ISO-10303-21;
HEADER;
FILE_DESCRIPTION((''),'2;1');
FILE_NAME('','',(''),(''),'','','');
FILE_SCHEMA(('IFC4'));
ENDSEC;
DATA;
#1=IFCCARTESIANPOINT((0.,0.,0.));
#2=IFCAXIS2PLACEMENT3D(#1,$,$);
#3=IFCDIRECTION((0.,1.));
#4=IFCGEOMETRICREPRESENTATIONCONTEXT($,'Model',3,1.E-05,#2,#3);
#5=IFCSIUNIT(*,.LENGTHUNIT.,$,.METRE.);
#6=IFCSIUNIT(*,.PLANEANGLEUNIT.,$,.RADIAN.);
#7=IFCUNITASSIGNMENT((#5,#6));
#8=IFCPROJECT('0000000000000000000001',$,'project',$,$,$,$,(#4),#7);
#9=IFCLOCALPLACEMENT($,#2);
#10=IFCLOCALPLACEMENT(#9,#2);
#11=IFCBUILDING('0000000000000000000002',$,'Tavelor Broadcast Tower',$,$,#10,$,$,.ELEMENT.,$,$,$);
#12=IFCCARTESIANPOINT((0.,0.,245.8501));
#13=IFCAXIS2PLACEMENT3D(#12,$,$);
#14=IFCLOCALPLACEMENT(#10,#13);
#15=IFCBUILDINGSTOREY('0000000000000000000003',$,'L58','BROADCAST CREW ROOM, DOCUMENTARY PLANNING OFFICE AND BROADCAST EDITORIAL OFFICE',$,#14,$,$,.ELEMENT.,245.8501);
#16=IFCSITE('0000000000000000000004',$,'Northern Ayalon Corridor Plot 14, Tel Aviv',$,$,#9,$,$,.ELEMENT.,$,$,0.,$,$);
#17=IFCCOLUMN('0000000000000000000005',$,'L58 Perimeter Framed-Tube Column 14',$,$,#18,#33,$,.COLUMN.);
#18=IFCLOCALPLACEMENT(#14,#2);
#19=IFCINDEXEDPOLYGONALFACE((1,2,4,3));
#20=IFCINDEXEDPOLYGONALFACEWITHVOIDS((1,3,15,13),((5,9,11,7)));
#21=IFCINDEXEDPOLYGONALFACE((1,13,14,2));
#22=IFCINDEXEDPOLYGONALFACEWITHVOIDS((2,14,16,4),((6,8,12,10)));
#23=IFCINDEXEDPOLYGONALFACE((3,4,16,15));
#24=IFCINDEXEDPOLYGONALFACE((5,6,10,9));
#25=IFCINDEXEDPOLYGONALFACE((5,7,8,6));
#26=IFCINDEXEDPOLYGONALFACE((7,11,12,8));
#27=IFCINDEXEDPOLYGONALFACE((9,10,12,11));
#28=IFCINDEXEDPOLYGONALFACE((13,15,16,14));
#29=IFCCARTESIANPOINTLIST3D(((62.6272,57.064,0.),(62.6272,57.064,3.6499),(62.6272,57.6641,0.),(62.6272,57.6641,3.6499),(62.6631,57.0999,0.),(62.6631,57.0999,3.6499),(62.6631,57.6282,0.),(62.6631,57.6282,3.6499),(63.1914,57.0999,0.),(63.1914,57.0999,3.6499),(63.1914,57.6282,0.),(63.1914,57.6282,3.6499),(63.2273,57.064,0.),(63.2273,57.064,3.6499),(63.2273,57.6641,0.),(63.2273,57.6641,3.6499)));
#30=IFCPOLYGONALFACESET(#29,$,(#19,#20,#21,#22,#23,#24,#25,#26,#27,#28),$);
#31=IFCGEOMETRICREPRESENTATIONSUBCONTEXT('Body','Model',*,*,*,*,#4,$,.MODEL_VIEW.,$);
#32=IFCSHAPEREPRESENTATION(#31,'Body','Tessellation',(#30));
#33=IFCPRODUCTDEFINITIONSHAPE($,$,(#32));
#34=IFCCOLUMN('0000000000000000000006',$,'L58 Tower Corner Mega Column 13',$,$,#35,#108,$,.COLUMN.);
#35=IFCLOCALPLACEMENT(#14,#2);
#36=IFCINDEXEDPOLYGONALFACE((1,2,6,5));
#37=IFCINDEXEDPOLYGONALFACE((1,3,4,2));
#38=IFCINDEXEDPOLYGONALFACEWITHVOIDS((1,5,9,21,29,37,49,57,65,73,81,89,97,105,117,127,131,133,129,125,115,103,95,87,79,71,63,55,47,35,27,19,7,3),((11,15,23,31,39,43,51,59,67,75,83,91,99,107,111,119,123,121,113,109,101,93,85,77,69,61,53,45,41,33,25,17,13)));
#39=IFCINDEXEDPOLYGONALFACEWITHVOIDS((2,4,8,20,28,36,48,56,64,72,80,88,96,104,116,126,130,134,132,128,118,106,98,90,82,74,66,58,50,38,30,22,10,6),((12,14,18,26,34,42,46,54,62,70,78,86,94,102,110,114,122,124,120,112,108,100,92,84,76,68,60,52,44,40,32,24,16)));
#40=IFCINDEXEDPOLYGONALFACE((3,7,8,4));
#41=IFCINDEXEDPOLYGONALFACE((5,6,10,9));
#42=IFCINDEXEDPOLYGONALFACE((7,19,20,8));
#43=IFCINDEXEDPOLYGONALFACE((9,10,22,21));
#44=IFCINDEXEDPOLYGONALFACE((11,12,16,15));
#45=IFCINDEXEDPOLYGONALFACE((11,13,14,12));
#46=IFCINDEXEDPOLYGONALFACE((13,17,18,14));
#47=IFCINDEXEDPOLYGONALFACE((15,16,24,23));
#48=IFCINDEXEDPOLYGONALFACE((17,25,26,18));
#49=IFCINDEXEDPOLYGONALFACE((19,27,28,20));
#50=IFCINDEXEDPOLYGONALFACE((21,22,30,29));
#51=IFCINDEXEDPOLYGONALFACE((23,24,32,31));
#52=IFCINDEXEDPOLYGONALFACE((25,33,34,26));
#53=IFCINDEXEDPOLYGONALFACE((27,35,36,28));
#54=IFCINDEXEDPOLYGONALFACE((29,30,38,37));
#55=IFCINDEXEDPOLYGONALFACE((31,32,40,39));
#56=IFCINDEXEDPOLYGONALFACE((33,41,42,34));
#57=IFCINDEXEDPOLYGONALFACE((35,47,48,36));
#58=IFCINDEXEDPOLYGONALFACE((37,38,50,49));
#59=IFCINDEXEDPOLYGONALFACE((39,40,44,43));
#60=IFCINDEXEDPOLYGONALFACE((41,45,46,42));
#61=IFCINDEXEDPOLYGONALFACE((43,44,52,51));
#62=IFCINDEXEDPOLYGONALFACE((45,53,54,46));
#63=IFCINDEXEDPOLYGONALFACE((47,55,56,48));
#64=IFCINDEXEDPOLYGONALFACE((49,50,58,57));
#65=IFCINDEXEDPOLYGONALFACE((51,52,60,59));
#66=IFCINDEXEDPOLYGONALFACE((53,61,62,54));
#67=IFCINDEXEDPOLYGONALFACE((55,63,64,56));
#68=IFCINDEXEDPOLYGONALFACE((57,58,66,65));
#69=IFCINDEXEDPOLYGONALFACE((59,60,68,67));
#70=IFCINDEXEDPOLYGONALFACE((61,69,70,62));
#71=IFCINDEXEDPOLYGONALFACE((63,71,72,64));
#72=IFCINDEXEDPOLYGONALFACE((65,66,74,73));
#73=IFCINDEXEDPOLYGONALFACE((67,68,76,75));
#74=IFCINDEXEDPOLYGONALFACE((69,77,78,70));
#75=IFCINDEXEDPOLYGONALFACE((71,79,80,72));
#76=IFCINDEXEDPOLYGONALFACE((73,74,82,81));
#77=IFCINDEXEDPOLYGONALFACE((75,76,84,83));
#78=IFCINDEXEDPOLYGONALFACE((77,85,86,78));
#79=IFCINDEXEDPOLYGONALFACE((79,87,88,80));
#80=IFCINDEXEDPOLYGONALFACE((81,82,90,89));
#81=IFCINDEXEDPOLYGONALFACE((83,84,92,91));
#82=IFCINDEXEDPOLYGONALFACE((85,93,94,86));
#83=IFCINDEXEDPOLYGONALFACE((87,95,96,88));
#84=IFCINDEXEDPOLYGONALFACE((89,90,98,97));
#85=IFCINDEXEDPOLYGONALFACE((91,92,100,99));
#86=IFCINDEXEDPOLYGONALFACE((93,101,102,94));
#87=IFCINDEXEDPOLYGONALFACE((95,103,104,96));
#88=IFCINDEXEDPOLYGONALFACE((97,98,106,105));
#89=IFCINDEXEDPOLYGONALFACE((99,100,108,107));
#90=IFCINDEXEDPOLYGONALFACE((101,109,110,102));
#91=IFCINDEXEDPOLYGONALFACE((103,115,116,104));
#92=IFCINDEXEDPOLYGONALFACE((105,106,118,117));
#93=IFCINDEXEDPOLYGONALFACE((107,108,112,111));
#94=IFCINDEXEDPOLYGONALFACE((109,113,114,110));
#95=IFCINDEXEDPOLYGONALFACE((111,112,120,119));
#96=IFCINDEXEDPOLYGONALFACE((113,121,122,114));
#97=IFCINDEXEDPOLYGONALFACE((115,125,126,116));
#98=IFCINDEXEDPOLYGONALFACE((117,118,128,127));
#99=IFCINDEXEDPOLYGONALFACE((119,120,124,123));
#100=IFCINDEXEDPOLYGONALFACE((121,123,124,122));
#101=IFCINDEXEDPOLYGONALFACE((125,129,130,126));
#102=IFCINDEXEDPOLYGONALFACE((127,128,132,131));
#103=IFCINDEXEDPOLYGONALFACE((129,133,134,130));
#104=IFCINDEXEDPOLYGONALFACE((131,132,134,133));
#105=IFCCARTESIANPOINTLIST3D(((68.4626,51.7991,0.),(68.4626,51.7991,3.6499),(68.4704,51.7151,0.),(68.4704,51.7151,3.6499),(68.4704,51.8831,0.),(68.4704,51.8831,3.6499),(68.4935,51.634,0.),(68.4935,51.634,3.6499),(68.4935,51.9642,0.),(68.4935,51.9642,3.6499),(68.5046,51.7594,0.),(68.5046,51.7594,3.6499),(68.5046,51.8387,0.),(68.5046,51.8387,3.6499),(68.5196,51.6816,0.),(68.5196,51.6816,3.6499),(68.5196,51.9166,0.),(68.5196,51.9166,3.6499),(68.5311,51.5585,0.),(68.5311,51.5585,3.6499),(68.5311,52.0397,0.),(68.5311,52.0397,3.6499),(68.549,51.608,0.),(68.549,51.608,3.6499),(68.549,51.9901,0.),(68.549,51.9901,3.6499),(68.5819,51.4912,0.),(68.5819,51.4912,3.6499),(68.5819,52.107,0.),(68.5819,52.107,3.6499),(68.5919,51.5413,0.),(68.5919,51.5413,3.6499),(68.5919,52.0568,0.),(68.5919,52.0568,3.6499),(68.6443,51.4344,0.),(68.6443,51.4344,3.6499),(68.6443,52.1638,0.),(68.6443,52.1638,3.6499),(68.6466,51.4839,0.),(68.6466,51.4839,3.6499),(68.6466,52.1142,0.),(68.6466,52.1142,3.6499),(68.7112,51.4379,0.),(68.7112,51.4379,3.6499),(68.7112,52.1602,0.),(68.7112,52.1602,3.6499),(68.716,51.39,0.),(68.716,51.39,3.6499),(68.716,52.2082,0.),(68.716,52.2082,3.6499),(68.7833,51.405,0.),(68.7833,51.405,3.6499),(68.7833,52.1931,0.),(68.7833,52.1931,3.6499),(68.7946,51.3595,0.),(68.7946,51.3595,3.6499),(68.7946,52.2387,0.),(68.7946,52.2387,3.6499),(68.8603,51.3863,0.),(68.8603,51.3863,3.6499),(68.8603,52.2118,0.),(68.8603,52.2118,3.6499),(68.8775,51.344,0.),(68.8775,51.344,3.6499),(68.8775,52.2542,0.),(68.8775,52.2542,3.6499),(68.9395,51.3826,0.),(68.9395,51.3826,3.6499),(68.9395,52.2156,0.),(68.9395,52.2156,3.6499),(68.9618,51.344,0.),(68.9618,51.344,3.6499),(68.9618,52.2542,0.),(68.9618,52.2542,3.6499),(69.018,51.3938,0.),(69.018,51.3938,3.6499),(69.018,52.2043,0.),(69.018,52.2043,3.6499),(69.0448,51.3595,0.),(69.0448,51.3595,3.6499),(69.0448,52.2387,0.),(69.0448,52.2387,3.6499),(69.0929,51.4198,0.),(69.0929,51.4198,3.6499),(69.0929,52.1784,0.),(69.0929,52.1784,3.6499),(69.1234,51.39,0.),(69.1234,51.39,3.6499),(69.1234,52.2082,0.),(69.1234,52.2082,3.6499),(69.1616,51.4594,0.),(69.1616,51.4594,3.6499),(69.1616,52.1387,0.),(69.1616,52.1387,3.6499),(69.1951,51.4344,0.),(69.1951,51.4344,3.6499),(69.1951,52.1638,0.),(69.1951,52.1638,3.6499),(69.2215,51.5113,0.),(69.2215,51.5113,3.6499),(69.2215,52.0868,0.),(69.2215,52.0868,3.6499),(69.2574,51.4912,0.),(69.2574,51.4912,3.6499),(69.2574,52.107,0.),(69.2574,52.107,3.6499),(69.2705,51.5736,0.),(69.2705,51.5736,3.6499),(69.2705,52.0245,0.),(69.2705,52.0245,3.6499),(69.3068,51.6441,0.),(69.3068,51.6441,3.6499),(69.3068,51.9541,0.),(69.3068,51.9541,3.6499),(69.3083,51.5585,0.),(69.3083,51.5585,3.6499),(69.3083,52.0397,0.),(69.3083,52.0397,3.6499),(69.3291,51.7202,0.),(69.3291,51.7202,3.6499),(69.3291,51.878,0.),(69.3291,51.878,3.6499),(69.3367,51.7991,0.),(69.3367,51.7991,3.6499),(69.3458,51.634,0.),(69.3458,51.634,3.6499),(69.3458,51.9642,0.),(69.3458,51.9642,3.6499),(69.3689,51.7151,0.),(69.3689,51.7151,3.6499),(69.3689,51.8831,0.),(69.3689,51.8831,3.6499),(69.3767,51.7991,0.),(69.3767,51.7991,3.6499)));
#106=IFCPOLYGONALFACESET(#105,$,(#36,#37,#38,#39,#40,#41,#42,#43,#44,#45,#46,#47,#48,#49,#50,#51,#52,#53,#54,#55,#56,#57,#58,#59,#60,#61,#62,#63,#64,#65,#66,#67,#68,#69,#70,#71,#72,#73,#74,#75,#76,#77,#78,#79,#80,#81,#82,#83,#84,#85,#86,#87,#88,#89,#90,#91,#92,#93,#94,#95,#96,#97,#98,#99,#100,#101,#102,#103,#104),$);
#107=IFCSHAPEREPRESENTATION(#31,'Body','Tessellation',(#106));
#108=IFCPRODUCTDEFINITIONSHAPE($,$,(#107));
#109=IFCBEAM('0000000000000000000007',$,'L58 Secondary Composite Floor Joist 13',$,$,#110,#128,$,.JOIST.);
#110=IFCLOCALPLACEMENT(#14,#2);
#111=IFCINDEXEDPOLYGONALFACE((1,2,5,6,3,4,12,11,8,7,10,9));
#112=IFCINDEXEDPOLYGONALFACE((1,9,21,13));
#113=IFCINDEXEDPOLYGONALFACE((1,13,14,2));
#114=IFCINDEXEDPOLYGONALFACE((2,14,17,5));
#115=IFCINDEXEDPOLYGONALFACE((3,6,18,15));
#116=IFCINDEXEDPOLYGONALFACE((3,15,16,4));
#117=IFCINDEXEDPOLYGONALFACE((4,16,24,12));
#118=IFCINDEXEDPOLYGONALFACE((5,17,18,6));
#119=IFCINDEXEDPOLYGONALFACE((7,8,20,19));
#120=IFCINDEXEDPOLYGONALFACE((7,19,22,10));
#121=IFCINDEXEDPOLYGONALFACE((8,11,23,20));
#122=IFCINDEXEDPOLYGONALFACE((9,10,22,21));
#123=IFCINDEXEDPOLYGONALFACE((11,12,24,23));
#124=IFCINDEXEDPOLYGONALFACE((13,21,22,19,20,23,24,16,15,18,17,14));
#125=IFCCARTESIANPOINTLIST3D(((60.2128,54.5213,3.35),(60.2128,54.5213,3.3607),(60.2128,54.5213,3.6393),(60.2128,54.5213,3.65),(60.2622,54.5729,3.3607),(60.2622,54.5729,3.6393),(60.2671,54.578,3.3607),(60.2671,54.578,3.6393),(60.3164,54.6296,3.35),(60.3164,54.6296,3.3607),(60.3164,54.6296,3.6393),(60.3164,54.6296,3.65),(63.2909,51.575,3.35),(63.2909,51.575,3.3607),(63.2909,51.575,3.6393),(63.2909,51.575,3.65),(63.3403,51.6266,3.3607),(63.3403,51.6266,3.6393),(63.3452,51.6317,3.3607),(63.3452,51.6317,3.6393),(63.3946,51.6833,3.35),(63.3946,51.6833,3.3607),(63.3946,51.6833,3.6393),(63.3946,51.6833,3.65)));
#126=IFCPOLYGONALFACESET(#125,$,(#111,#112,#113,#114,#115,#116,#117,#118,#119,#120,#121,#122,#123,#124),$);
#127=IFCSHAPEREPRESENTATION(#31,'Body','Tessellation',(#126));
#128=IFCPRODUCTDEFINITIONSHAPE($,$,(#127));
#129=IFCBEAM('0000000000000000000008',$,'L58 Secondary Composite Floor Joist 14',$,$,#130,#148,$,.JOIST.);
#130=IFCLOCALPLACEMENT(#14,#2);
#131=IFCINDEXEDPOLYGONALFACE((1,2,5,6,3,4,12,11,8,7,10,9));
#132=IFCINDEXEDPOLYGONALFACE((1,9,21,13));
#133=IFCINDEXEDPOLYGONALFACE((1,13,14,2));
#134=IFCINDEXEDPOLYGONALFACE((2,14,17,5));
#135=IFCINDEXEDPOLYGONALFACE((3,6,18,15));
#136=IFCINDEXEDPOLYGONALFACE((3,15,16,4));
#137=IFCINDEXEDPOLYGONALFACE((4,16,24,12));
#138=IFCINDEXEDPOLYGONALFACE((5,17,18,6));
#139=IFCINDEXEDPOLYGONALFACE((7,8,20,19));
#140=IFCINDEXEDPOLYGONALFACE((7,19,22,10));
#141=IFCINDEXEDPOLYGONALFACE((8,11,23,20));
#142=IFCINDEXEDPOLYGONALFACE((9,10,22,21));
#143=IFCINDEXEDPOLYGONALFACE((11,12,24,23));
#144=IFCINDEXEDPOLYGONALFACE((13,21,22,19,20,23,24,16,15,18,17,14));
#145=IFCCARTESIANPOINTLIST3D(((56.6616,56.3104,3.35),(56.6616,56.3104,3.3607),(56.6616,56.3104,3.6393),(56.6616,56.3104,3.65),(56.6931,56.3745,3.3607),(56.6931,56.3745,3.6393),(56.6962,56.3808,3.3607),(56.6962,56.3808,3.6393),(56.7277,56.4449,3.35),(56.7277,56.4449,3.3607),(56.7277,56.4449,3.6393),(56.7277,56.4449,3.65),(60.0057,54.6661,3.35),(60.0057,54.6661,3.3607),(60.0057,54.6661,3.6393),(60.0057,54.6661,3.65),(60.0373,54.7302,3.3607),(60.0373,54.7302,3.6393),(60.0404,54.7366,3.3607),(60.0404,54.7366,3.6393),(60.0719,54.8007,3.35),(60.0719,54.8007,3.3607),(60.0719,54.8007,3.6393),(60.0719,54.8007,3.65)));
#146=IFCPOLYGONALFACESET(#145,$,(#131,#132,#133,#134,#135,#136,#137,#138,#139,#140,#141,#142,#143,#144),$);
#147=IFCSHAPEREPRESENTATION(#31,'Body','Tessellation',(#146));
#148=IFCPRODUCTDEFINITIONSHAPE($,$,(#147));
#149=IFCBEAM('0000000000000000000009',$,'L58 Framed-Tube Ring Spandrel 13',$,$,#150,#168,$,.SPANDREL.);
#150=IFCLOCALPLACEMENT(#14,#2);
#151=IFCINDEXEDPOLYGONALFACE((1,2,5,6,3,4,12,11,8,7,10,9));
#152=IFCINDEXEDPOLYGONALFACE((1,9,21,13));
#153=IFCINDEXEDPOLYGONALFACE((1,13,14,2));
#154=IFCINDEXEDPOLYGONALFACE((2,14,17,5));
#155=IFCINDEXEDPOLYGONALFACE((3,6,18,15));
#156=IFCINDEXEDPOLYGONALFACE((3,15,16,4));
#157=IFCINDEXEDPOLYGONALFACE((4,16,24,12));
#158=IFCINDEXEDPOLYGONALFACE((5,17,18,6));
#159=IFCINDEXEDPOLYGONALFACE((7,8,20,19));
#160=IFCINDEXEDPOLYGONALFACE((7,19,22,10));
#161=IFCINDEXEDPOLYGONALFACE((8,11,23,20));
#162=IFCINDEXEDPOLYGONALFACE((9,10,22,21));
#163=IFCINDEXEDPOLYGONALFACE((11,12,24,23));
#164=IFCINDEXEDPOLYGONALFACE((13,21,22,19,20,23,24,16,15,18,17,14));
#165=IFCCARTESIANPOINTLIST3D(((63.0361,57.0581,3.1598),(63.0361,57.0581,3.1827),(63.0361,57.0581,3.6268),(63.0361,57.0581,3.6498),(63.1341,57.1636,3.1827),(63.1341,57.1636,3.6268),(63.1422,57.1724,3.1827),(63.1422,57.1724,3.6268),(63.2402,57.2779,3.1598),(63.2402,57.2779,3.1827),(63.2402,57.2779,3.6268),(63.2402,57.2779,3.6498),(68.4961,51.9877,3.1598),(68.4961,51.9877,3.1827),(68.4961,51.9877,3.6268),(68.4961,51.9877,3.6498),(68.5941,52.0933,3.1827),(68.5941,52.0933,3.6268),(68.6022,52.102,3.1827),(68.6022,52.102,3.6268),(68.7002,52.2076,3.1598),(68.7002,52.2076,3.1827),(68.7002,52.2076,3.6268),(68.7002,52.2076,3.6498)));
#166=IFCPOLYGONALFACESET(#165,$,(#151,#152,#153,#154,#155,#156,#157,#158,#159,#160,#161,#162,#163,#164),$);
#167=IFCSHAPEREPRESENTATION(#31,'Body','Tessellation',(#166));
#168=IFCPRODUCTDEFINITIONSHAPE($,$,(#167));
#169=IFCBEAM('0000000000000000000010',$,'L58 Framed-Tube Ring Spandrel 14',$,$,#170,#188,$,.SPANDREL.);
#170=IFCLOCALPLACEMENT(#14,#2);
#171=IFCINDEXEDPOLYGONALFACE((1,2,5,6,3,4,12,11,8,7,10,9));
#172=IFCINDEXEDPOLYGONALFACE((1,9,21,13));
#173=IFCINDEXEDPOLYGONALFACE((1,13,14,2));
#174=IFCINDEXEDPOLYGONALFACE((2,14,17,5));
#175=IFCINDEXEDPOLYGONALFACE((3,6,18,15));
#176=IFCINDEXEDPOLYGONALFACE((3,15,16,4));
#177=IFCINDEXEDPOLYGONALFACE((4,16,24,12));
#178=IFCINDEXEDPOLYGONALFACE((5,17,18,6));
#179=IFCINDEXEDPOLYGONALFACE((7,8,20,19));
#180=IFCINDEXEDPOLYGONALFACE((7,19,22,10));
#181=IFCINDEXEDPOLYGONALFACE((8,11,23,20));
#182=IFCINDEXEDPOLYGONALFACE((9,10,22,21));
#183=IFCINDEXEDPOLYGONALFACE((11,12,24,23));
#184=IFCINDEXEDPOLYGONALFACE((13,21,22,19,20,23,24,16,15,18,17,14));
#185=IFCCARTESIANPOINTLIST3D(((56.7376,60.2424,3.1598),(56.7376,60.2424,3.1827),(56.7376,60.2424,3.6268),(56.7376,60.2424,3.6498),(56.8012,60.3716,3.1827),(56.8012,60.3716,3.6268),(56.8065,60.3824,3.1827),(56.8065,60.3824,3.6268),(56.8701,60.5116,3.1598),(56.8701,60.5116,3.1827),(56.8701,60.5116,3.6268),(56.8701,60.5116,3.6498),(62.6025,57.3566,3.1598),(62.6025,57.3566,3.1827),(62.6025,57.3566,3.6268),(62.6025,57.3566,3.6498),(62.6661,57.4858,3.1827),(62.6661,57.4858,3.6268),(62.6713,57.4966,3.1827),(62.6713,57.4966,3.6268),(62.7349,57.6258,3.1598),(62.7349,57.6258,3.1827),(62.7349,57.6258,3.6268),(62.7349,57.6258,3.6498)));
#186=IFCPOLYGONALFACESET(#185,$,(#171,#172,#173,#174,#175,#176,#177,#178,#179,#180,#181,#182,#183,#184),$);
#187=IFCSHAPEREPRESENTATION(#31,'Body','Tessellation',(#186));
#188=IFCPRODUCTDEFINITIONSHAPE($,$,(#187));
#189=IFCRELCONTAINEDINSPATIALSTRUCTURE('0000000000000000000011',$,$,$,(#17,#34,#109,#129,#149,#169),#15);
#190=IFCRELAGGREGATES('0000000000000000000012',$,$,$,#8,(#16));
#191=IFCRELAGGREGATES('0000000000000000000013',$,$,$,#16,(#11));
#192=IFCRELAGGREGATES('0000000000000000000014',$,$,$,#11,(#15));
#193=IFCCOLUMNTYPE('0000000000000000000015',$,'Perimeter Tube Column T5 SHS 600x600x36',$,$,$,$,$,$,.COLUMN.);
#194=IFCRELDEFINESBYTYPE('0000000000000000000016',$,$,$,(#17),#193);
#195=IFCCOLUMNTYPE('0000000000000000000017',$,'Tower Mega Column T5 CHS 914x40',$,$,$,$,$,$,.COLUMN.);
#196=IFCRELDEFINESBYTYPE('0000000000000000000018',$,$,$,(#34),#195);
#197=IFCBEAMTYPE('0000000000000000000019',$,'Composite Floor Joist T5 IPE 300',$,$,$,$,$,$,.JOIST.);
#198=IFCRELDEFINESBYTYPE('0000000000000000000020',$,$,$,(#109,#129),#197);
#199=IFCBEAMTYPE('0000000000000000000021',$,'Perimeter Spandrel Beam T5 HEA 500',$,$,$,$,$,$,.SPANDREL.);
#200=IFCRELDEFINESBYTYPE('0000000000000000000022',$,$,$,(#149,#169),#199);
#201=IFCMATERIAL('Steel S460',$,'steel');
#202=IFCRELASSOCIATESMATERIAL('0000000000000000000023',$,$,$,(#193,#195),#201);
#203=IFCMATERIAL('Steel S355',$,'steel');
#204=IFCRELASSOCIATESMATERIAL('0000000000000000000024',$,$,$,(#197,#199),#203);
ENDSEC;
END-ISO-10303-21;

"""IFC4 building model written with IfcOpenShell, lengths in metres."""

from ifc_helpers import new_model, si_unit, direction, frame, origin, origin_2d, place, context, subcontext, project, spatial, hollow_rectangle, hollow_circle, i_section, extrude, material, material_profile, profile_set, type_object, element, save


model = new_model("IFC4")

# Units and contexts
model_context = context("Model", 3, precision=1e-05, world=origin(), true_north=direction((0.0, 1.0)))
body_context = subcontext(model_context, "Body", "Model", "MODEL_VIEW")
ifc_project = project(units=[si_unit("LENGTHUNIT", "METRE"), si_unit("PLANEANGLEUNIT", "RADIAN")], contexts=[model_context])

# Site, building, storey
site_placement = place(None, origin())
site = spatial("IfcSite", under=ifc_project, at=site_placement, Name="Northern Ayalon Corridor Plot 14, Tel Aviv", CompositionType="ELEMENT", RefElevation=0.0)
building_placement = place(site_placement, origin())
building = spatial("IfcBuilding", under=site, at=building_placement, Name="Tavelor Broadcast Tower", CompositionType="ELEMENT")
storey_placement = place(building_placement, frame((0.0, 0.0, 245.8501)))
storey = spatial("IfcBuildingStorey", under=building, at=storey_placement, Name="L58", Description="BROADCAST CREW ROOM, DOCUMENTARY PLANNING OFFICE AND BROADCAST EDITORIAL OFFICE", CompositionType="ELEMENT", Elevation=245.8501)

# Columns
ifc_material_1 = material(Name="Steel S460", Category="steel")
ifc_material_profile_1 = material_profile(ifc_material_1, hollow_rectangle(XDim=0.6001, YDim=0.6001, WallThickness=0.0359, at=origin_2d()), Name="SHS 600x600x36")
ifc_profile_set_1 = profile_set([ifc_material_profile_1], Name="Steel S460")
column_type_1 = type_object("IfcColumnType", Name="Perimeter Tube Column T5 SHS 600x600x36", PredefinedType="COLUMN", material=ifc_profile_set_1)
column_1_placement = place(storey_placement, frame((62.9272, 57.364, 0.0), z_axis=(0.0, 0.0, 1.0), x_axis=(1.0, 0.0, 0.0)))
element("IfcColumn", 1, at=column_1_placement, inside=storey, type_object=column_type_1, Name="L58 Perimeter Framed-Tube Column 14", PredefinedType="COLUMN", context=body_context, shape_type="SweptSolid", body=[
    extrude(hollow_rectangle(XDim=0.6001, YDim=0.6001, WallThickness=0.0359, at=origin_2d()), origin(), (0.0, 0.0, 1.0), 3.6499),
])
ifc_material_profile_2 = material_profile(ifc_material_1, hollow_circle(Radius=0.457, WallThickness=0.04, at=origin_2d()), Name="CHS 914x40")
ifc_profile_set_2 = profile_set([ifc_material_profile_2], Name="Steel S460")
column_type_2 = type_object("IfcColumnType", Name="Tower Mega Column T5 CHS 914x40", PredefinedType="COLUMN", material=ifc_profile_set_2)
column_2_placement = place(storey_placement, frame((68.9197, 51.7991, 0.0), z_axis=(0.0, 0.0, 1.0), x_axis=(1.0, 0.0, 0.0)))
element("IfcColumn", 2, at=column_2_placement, inside=storey, type_object=column_type_2, Name="L58 Tower Corner Mega Column 13", PredefinedType="COLUMN", context=body_context, shape_type="SweptSolid", body=[
    extrude(hollow_circle(Radius=0.457, WallThickness=0.04, at=origin_2d()), origin(), (0.0, 0.0, 1.0), 3.6499),
])

# Beams
ifc_material_2 = material(Name="Steel S355", Category="steel")
ifc_material_profile_3 = material_profile(ifc_material_2, i_section(OverallWidth=0.1499, OverallDepth=0.3, WebThickness=0.0071, FlangeThickness=0.0107, at=origin_2d()), Name="IPE 300")
ifc_profile_set_3 = profile_set([ifc_material_profile_3], Name="Steel S355")
beam_type_1 = type_object("IfcBeamType", Name="Composite Floor Joist T5 IPE 300", PredefinedType="JOIST", material=ifc_profile_set_3)
beam_1_placement = place(storey_placement, frame((63.3428, 51.6292, 3.5), z_axis=(-0.722408, 0.691467, 0.0), x_axis=(-0.691467, -0.722408, 0.0)))
element("IfcBeam", 3, at=beam_1_placement, inside=storey, type_object=beam_type_1, Name="L58 Secondary Composite Floor Joist 13", PredefinedType="JOIST", context=body_context, shape_type="SweptSolid", body=[
    extrude(i_section(OverallWidth=0.1499, OverallDepth=0.3, WebThickness=0.0071, FlangeThickness=0.0107, at=origin_2d()), origin(), (0.0, 0.0, 1.0), 4.261),
])
beam_2_placement = place(storey_placement, frame((60.0388, 54.7334, 3.5), z_axis=(-0.897395, 0.441229, 0.0), x_axis=(-0.441229, -0.897395, 0.0)))
element("IfcBeam", 4, at=beam_2_placement, inside=storey, type_object=beam_type_1, Name="L58 Secondary Composite Floor Joist 14", PredefinedType="JOIST", context=body_context, shape_type="SweptSolid", body=[
    extrude(i_section(OverallWidth=0.1499, OverallDepth=0.3, WebThickness=0.0071, FlangeThickness=0.0107, at=origin_2d()), origin(), (0.0, 0.0, 1.0), 3.7266),
])
ifc_material_profile_4 = material_profile(ifc_material_2, i_section(OverallWidth=0.3, OverallDepth=0.49, WebThickness=0.012, FlangeThickness=0.0229, at=origin_2d()), Name="HEA 500")
ifc_profile_set_4 = profile_set([ifc_material_profile_4], Name="Steel S355")
beam_type_2 = type_object("IfcBeamType", Name="Perimeter Spandrel Beam T5 HEA 500", PredefinedType="SPANDREL", material=ifc_profile_set_4)
beam_3_placement = place(storey_placement, frame((68.5981, 52.0977, 3.4048), z_axis=(-0.73277, 0.680476, 0.0), x_axis=(-0.680476, -0.73277, 0.0)))
element("IfcBeam", 5, at=beam_3_placement, inside=storey, type_object=beam_type_2, Name="L58 Framed-Tube Ring Spandrel 13", PredefinedType="SPANDREL", context=body_context, shape_type="SweptSolid", body=[
    extrude(i_section(OverallWidth=0.3, OverallDepth=0.49, WebThickness=0.012, FlangeThickness=0.0229, at=origin_2d()), origin(), (0.0, 0.0, 1.0), 7.4512),
])
beam_4_placement = place(storey_placement, frame((62.6687, 57.4912, 3.4048), z_axis=(-0.897263, 0.441497, 0.0), x_axis=(-0.441497, -0.897263, 0.0)))
element("IfcBeam", 6, at=beam_4_placement, inside=storey, type_object=beam_type_2, Name="L58 Framed-Tube Ring Spandrel 14", PredefinedType="SPANDREL", context=body_context, shape_type="SweptSolid", body=[
    extrude(i_section(OverallWidth=0.3, OverallDepth=0.49, WebThickness=0.012, FlangeThickness=0.0229, at=origin_2d()), origin(), (0.0, 0.0, 1.0), 6.5364),
])

save(model, "model.ifc")
